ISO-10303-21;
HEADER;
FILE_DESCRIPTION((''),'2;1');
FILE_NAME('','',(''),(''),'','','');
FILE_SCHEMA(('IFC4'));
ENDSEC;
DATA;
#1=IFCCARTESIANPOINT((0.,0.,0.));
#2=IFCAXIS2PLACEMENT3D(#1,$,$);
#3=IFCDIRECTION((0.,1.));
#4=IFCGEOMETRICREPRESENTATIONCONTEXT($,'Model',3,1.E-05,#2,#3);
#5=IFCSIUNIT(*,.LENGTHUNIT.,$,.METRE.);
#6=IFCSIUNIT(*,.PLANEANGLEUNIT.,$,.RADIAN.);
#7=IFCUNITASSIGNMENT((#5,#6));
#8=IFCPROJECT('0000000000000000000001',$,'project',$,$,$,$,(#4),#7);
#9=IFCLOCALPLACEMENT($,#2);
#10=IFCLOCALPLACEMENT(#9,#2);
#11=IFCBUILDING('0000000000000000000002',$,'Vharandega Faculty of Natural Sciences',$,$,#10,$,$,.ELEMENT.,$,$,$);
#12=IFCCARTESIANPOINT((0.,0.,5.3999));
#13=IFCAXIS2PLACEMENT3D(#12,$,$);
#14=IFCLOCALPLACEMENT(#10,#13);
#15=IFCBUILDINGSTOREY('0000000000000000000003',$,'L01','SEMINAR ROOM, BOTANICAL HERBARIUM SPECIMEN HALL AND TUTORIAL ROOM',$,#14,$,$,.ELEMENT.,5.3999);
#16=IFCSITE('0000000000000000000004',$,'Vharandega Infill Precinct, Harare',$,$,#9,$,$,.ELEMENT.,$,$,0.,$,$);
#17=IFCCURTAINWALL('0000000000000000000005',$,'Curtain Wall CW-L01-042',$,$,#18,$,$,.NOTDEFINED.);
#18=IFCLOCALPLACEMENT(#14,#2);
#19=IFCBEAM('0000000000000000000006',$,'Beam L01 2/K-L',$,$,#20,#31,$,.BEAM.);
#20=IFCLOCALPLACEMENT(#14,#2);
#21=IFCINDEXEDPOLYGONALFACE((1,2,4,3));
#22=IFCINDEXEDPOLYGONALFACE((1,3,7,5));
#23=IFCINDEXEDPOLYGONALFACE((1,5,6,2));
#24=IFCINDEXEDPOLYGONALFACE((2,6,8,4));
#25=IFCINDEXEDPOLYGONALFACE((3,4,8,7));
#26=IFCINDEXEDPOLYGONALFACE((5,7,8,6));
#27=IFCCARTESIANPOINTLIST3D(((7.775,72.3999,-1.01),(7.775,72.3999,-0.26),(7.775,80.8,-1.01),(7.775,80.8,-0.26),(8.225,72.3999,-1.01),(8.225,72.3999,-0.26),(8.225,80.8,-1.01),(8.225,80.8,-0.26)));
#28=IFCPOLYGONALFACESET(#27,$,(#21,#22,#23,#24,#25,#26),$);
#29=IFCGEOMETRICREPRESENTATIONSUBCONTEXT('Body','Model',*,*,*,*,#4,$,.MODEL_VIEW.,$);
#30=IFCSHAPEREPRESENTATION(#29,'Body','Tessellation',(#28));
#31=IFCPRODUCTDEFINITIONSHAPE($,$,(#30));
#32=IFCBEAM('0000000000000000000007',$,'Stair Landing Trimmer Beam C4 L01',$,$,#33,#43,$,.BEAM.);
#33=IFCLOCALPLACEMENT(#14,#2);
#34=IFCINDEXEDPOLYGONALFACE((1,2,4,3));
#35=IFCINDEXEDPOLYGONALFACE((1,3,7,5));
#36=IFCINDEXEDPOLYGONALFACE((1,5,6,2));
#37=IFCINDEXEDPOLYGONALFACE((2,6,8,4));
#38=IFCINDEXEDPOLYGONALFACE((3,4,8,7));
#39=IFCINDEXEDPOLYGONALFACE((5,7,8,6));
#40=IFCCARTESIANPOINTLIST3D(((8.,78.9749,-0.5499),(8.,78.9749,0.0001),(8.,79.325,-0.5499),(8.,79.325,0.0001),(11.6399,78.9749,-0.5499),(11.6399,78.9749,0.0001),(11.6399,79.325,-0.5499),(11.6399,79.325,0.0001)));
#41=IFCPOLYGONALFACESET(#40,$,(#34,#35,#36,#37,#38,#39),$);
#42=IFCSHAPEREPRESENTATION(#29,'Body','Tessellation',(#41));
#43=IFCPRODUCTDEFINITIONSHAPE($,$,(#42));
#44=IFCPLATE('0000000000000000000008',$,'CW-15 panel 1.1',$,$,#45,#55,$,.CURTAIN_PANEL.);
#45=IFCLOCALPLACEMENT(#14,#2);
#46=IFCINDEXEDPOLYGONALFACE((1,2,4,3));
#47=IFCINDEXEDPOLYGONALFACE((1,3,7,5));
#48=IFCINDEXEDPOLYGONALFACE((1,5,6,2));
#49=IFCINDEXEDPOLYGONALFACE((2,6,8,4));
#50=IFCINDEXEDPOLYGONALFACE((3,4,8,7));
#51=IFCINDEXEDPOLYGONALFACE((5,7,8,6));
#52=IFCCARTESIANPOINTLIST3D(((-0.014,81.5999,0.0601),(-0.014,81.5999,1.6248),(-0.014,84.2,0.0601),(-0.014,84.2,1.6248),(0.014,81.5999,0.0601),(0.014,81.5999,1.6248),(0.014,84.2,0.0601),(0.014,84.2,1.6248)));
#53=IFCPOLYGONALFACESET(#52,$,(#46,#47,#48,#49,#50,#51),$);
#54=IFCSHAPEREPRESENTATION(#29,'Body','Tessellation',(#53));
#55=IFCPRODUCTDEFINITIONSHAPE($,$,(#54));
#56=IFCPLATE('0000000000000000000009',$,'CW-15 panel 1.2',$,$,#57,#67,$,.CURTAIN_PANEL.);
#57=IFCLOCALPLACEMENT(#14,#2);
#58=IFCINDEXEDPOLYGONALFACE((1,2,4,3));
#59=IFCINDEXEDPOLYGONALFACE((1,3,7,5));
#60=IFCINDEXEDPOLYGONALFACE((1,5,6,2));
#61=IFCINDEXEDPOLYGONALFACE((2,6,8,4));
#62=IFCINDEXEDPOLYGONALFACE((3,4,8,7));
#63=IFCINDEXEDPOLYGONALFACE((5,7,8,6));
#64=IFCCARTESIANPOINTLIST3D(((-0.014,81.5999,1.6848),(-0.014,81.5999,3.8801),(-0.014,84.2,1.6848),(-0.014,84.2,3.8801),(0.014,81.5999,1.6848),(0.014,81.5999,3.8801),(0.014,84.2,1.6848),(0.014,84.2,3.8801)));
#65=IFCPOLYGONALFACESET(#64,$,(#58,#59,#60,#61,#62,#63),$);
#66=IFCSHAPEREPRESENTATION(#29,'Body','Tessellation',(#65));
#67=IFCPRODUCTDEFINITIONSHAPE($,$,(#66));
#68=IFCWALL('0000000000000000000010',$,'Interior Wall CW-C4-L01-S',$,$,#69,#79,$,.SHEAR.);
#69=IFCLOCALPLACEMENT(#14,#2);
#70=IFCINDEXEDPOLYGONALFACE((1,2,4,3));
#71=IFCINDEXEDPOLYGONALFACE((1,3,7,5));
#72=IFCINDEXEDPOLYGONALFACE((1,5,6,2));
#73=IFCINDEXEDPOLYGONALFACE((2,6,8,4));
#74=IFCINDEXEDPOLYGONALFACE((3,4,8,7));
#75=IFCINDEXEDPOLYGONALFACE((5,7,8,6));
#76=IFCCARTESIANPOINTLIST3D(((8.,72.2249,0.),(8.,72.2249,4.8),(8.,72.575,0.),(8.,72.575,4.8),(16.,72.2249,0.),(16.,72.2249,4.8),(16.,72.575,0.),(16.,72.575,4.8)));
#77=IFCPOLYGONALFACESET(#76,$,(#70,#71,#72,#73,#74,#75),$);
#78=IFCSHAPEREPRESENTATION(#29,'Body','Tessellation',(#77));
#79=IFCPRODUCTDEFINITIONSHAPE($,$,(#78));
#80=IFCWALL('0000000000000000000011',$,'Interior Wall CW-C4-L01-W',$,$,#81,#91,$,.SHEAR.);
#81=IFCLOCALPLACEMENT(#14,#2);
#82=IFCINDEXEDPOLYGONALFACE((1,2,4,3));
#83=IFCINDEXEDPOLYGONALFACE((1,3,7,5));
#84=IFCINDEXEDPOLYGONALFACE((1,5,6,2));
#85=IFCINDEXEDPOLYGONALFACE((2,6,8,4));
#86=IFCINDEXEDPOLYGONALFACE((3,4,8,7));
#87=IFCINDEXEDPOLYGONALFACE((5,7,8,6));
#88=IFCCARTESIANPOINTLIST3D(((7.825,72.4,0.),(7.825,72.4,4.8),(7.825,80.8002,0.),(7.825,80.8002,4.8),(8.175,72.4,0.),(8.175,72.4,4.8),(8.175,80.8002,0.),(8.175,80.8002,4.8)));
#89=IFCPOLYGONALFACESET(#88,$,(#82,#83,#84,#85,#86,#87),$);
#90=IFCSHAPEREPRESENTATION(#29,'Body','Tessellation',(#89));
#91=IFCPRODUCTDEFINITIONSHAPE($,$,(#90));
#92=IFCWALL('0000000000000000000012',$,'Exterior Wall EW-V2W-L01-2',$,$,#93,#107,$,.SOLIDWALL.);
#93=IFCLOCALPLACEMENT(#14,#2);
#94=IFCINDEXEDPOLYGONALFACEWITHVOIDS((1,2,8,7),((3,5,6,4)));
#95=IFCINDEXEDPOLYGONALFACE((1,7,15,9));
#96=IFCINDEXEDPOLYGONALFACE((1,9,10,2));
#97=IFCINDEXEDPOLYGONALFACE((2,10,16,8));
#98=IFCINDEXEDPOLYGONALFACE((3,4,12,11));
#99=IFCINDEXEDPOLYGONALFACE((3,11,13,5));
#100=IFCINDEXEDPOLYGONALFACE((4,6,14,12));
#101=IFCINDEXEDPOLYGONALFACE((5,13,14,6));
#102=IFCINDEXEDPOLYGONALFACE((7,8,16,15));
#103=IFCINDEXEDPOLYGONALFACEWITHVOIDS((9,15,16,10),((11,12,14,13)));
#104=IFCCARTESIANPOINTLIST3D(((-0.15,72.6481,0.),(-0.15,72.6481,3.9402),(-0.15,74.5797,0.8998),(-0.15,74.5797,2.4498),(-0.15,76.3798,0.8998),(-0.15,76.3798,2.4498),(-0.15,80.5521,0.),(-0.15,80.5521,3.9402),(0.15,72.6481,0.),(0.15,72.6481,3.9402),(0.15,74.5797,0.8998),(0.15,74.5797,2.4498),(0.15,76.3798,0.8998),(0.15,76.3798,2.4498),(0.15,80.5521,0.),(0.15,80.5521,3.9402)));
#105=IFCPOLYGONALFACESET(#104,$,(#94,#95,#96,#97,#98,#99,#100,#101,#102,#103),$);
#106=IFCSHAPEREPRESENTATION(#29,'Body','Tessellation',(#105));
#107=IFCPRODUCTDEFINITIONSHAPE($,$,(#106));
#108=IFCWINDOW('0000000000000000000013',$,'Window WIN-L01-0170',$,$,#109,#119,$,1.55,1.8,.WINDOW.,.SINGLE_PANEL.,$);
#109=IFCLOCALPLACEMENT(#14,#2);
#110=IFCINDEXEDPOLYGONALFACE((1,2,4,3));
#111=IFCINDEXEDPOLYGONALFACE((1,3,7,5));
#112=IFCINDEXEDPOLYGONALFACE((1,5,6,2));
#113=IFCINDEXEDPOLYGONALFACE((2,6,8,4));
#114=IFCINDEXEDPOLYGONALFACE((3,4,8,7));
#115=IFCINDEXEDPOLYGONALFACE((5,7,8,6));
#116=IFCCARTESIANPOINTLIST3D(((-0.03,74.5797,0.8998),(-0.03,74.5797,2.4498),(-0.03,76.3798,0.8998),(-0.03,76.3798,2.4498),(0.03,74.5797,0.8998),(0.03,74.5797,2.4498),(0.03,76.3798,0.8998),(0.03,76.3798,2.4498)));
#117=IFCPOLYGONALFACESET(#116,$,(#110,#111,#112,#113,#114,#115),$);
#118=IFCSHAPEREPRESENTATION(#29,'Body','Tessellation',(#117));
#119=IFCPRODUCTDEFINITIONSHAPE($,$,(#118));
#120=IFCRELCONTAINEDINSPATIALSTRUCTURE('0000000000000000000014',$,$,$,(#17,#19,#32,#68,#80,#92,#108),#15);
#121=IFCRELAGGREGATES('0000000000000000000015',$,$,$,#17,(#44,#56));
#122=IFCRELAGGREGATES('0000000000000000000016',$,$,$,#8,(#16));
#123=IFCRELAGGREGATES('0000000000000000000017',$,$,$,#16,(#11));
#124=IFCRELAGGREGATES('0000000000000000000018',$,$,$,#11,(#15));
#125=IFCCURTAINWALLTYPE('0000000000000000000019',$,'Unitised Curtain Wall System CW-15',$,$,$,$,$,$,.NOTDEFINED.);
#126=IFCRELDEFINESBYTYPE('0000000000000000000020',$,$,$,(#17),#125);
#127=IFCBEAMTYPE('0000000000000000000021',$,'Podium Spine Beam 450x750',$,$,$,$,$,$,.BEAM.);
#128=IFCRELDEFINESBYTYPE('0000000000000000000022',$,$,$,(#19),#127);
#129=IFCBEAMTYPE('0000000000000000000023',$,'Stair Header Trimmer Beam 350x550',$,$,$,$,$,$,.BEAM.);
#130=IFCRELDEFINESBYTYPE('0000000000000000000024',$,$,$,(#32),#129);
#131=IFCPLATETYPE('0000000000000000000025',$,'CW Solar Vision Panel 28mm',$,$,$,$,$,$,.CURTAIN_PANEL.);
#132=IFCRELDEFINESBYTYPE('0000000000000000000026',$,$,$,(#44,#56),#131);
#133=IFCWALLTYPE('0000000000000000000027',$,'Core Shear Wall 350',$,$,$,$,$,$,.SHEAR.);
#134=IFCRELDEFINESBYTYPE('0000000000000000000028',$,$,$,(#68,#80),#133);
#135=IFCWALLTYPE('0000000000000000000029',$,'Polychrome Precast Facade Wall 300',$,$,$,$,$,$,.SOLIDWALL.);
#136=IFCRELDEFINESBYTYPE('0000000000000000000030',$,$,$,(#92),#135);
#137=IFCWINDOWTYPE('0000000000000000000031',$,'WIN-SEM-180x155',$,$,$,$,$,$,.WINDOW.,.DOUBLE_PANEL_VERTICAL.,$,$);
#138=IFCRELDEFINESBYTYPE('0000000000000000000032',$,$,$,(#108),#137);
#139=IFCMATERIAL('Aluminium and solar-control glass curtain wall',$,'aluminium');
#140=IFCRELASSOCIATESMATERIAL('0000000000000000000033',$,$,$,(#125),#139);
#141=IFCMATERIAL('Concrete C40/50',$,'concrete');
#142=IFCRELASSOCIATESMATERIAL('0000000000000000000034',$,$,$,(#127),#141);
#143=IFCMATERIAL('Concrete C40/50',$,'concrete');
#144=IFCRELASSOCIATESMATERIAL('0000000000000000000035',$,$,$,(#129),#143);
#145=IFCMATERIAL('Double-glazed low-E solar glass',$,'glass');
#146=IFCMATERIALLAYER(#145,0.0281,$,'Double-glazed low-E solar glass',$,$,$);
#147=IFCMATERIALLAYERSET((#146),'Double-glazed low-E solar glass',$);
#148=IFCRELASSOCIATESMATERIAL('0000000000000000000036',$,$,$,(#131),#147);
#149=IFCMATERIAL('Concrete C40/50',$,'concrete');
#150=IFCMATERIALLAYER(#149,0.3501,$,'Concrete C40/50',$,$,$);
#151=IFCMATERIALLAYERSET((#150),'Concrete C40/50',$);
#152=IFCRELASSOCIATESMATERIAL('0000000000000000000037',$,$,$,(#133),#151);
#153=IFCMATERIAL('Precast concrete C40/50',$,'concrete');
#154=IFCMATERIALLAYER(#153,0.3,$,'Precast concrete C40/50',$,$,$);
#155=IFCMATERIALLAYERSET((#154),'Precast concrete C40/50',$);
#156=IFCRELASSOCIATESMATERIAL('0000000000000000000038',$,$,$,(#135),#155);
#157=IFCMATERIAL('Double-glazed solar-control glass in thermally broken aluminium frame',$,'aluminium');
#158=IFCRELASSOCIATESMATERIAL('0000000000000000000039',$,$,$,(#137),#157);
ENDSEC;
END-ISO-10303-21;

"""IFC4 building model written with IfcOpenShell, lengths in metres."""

from ifc_helpers import new_model, si_unit, direction, frame, frame_2d, origin, origin_2d, place, context, subcontext, project, spatial, rectangle, extrude, material, layer, layer_set, material_profile, profile_set, type_object, element, fill, aggregate, save


model = new_model("IFC4")

# Units and contexts
model_context = context("Model", 3, precision=1e-05, world=origin(), true_north=direction((0.0, 1.0)))
body_context = subcontext(model_context, "Body", "Model", "MODEL_VIEW")
ifc_project = project(units=[si_unit("LENGTHUNIT", "METRE"), si_unit("PLANEANGLEUNIT", "RADIAN")], contexts=[model_context])

# Site, building, storey
site_placement = place(None, origin())
site = spatial("IfcSite", under=ifc_project, at=site_placement, Name="Vharandega Infill Precinct, Harare", CompositionType="ELEMENT", RefElevation=0.0)
building_placement = place(site_placement, origin())
building = spatial("IfcBuilding", under=site, at=building_placement, Name="Vharandega Faculty of Natural Sciences", CompositionType="ELEMENT")
storey_placement = place(building_placement, frame((0.0, 0.0, 5.3999)))
storey = spatial("IfcBuildingStorey", under=building, at=storey_placement, Name="L01", Description="SEMINAR ROOM, BOTANICAL HERBARIUM SPECIMEN HALL AND TUTORIAL ROOM", CompositionType="ELEMENT", Elevation=5.3999)

# Curtain wall
ifc_material_1 = material(Name="Aluminium and solar-control glass curtain wall", Category="aluminium")
curtain_wall_type = type_object("IfcCurtainWallType", Name="Unitised Curtain Wall System CW-15", PredefinedType="NOTDEFINED", material=ifc_material_1)
curtain_wall_placement = place(storey_placement, origin())
curtain_wall = element("IfcCurtainWall", 1, at=curtain_wall_placement, inside=storey, type_object=curtain_wall_type, Name="Curtain Wall CW-L01-042", PredefinedType="NOTDEFINED")

# Beams
ifc_material_2 = material(Name="Concrete C40/50", Category="concrete")
ifc_material_profile_1 = material_profile(ifc_material_2, rectangle(XDim=0.45, YDim=0.75, at=origin_2d()), Name="RC 450x750")
ifc_profile_set_1 = profile_set([ifc_material_profile_1], Name="Concrete C40/50")
beam_type_1 = type_object("IfcBeamType", Name="Podium Spine Beam 450x750", PredefinedType="BEAM", material=ifc_profile_set_1)
beam_1_placement = place(storey_placement, frame((8.0, 72.3999, -0.635), z_axis=(0.0, 1.0, 0.0), x_axis=(-1.0, 0.0, 0.0)))
element("IfcBeam", 2, at=beam_1_placement, inside=storey, type_object=beam_type_1, Name="Beam L01 2/K-L", PredefinedType="BEAM", context=body_context, shape_type="SweptSolid", body=[
    extrude(rectangle(XDim=0.45, YDim=0.75, at=origin_2d()), origin(), (0.0, 0.0, 1.0), 8.4001),
])
ifc_material_3 = material(Name="Concrete C40/50", Category="concrete")
ifc_material_profile_2 = material_profile(ifc_material_3, rectangle(XDim=0.3501, YDim=0.55, at=origin_2d()), Name="RC 350x550")
ifc_profile_set_2 = profile_set([ifc_material_profile_2], Name="Concrete C40/50")
beam_type_2 = type_object("IfcBeamType", Name="Stair Header Trimmer Beam 350x550", PredefinedType="BEAM", material=ifc_profile_set_2)
beam_2_placement = place(storey_placement, frame((8.0, 79.1499, -0.2749), z_axis=(1.0, 0.0, 0.0), x_axis=(0.0, 1.0, 0.0)))
element("IfcBeam", 3, at=beam_2_placement, inside=storey, type_object=beam_type_2, Name="Stair Landing Trimmer Beam C4 L01", PredefinedType="BEAM", context=body_context, shape_type="SweptSolid", body=[
    extrude(rectangle(XDim=0.3501, YDim=0.55, at=origin_2d()), origin(), (0.0, 0.0, 1.0), 3.6399),
])

# Plates
ifc_material_4 = material(Name="Double-glazed low-E solar glass", Category="glass")
ifc_layer_1 = layer(ifc_material_4, 0.0281, Name="Double-glazed low-E solar glass")
ifc_layer_set_1 = layer_set([ifc_layer_1], Name="Double-glazed low-E solar glass")
plate_type = type_object("IfcPlateType", Name="CW Solar Vision Panel 28mm", PredefinedType="CURTAIN_PANEL", material=ifc_layer_set_1)
plate_1_placement = place(storey_placement, frame((0.0, 82.8999, 0.0601), z_axis=(0.0, 0.0, 1.0), x_axis=(0.0, 1.0, 0.0)))
plate_1 = element("IfcPlate", 4, at=plate_1_placement, type_object=plate_type, Name="CW-15 panel 1.1", PredefinedType="CURTAIN_PANEL", context=body_context, shape_type="SweptSolid", body=[
    extrude(rectangle(XDim=2.6001, YDim=0.0281, at=origin_2d()), origin(), (0.0, 0.0, 1.0), 1.5647),
])
plate_2_placement = place(storey_placement, frame((0.0, 82.8999, 1.6848), z_axis=(0.0, 0.0, 1.0), x_axis=(0.0, 1.0, 0.0)))
plate_2 = element("IfcPlate", 5, at=plate_2_placement, type_object=plate_type, Name="CW-15 panel 1.2", PredefinedType="CURTAIN_PANEL", context=body_context, shape_type="SweptSolid", body=[
    extrude(rectangle(XDim=2.6001, YDim=0.0281, at=origin_2d()), origin(), (0.0, 0.0, 1.0), 2.1953),
])
aggregate(curtain_wall, [plate_1, plate_2])

# Walls
ifc_material_5 = material(Name="Concrete C40/50", Category="concrete")
ifc_layer_2 = layer(ifc_material_5, 0.3501, Name="Concrete C40/50")
ifc_layer_set_2 = layer_set([ifc_layer_2], Name="Concrete C40/50")
wall_type_1 = type_object("IfcWallType", Name="Core Shear Wall 350", PredefinedType="SHEAR", material=ifc_layer_set_2)
wall_1_placement = place(storey_placement, frame((8.0, 72.3999, 0.0), z_axis=(0.0, 0.0, 1.0), x_axis=(1.0, 0.0, 0.0)))
element("IfcWall", 6, at=wall_1_placement, inside=storey, type_object=wall_type_1, Name="Interior Wall CW-C4-L01-S", PredefinedType="SHEAR", context=body_context, shape_type="SweptSolid", body=[
    extrude(rectangle(XDim=8.0, YDim=0.3501, at=frame_2d((4.0, 0.0))), origin(), (0.0, 0.0, 1.0), 4.8),
])
wall_2_placement = place(storey_placement, frame((8.0, 72.3999, 0.0), z_axis=(0.0, 0.0, 1.0), x_axis=(0.0, 1.0, 0.0)))
element("IfcWall", 7, at=wall_2_placement, inside=storey, type_object=wall_type_1, Name="Interior Wall CW-C4-L01-W", PredefinedType="SHEAR", context=body_context, shape_type="SweptSolid", body=[
    extrude(rectangle(XDim=8.4001, YDim=0.3501, at=frame_2d((4.2002, 0.0))), origin(), (0.0, 0.0, 1.0), 4.8),
])

# Wall, opening, window
ifc_material_6 = material(Name="Precast concrete C40/50", Category="concrete")
ifc_layer_3 = layer(ifc_material_6, 0.3, Name="Precast concrete C40/50")
ifc_layer_set_3 = layer_set([ifc_layer_3], Name="Precast concrete C40/50")
wall_type_2 = type_object("IfcWallType", Name="Polychrome Precast Facade Wall 300", PredefinedType="SOLIDWALL", material=ifc_layer_set_3)
wall_3_placement = place(storey_placement, frame((0.0, 72.6479, 0.0), z_axis=(0.0, 0.0, 1.0), x_axis=(0.0, 1.0, 0.0)))
wall_3 = element("IfcWall", 8, at=wall_3_placement, inside=storey, type_object=wall_type_2, Name="Exterior Wall EW-V2W-L01-2", PredefinedType="SOLIDWALL", context=body_context, shape_type="SweptSolid", body=[
    extrude(rectangle(XDim=7.9041, YDim=0.3, at=frame_2d((3.9521, 0.0))), origin(), (0.0, 0.0, 1.0), 3.9402),
])
opening_placement = place(wall_3_placement, frame((1.9319, 0.0, 0.8999)))
opening = element("IfcOpeningElement", 9, at=opening_placement, cuts=wall_3, PredefinedType="OPENING", context=body_context, shape_type="SweptSolid", body=[
    extrude(rectangle(XDim=1.8, YDim=1.55, at=frame_2d((0.8999, 0.7749))), frame((0.0, 0.1602, 0.0), z_axis=(0.0, -1.0, 0.0), x_axis=(1.0, 0.0, 0.0)), (0.0, 0.0, 1.0), 0.3201),
])
ifc_material_7 = material(Name="Double-glazed solar-control glass in thermally broken aluminium frame", Category="aluminium")
window_type = type_object("IfcWindowType", Name="WIN-SEM-180x155", PartitioningType="DOUBLE_PANEL_VERTICAL", PredefinedType="WINDOW", material=ifc_material_7)
window_placement = place(opening_placement, origin())
window = element("IfcWindow", 10, at=window_placement, inside=storey, type_object=window_type, Name="Window WIN-L01-0170", OverallHeight=1.55, OverallWidth=1.8, PartitioningType="SINGLE_PANEL", PredefinedType="WINDOW", context=body_context, shape_type="SweptSolid", body=[
    extrude(rectangle(XDim=1.8, YDim=1.55, at=frame_2d((0.8999, 0.7749))), frame((0.0, 0.03, 0.0), z_axis=(0.0, -1.0, 0.0), x_axis=(1.0, 0.0, 0.0)), (0.0, 0.0, 1.0), 0.0601),
])
fill(opening, window)

save(model, "model.ifc")
